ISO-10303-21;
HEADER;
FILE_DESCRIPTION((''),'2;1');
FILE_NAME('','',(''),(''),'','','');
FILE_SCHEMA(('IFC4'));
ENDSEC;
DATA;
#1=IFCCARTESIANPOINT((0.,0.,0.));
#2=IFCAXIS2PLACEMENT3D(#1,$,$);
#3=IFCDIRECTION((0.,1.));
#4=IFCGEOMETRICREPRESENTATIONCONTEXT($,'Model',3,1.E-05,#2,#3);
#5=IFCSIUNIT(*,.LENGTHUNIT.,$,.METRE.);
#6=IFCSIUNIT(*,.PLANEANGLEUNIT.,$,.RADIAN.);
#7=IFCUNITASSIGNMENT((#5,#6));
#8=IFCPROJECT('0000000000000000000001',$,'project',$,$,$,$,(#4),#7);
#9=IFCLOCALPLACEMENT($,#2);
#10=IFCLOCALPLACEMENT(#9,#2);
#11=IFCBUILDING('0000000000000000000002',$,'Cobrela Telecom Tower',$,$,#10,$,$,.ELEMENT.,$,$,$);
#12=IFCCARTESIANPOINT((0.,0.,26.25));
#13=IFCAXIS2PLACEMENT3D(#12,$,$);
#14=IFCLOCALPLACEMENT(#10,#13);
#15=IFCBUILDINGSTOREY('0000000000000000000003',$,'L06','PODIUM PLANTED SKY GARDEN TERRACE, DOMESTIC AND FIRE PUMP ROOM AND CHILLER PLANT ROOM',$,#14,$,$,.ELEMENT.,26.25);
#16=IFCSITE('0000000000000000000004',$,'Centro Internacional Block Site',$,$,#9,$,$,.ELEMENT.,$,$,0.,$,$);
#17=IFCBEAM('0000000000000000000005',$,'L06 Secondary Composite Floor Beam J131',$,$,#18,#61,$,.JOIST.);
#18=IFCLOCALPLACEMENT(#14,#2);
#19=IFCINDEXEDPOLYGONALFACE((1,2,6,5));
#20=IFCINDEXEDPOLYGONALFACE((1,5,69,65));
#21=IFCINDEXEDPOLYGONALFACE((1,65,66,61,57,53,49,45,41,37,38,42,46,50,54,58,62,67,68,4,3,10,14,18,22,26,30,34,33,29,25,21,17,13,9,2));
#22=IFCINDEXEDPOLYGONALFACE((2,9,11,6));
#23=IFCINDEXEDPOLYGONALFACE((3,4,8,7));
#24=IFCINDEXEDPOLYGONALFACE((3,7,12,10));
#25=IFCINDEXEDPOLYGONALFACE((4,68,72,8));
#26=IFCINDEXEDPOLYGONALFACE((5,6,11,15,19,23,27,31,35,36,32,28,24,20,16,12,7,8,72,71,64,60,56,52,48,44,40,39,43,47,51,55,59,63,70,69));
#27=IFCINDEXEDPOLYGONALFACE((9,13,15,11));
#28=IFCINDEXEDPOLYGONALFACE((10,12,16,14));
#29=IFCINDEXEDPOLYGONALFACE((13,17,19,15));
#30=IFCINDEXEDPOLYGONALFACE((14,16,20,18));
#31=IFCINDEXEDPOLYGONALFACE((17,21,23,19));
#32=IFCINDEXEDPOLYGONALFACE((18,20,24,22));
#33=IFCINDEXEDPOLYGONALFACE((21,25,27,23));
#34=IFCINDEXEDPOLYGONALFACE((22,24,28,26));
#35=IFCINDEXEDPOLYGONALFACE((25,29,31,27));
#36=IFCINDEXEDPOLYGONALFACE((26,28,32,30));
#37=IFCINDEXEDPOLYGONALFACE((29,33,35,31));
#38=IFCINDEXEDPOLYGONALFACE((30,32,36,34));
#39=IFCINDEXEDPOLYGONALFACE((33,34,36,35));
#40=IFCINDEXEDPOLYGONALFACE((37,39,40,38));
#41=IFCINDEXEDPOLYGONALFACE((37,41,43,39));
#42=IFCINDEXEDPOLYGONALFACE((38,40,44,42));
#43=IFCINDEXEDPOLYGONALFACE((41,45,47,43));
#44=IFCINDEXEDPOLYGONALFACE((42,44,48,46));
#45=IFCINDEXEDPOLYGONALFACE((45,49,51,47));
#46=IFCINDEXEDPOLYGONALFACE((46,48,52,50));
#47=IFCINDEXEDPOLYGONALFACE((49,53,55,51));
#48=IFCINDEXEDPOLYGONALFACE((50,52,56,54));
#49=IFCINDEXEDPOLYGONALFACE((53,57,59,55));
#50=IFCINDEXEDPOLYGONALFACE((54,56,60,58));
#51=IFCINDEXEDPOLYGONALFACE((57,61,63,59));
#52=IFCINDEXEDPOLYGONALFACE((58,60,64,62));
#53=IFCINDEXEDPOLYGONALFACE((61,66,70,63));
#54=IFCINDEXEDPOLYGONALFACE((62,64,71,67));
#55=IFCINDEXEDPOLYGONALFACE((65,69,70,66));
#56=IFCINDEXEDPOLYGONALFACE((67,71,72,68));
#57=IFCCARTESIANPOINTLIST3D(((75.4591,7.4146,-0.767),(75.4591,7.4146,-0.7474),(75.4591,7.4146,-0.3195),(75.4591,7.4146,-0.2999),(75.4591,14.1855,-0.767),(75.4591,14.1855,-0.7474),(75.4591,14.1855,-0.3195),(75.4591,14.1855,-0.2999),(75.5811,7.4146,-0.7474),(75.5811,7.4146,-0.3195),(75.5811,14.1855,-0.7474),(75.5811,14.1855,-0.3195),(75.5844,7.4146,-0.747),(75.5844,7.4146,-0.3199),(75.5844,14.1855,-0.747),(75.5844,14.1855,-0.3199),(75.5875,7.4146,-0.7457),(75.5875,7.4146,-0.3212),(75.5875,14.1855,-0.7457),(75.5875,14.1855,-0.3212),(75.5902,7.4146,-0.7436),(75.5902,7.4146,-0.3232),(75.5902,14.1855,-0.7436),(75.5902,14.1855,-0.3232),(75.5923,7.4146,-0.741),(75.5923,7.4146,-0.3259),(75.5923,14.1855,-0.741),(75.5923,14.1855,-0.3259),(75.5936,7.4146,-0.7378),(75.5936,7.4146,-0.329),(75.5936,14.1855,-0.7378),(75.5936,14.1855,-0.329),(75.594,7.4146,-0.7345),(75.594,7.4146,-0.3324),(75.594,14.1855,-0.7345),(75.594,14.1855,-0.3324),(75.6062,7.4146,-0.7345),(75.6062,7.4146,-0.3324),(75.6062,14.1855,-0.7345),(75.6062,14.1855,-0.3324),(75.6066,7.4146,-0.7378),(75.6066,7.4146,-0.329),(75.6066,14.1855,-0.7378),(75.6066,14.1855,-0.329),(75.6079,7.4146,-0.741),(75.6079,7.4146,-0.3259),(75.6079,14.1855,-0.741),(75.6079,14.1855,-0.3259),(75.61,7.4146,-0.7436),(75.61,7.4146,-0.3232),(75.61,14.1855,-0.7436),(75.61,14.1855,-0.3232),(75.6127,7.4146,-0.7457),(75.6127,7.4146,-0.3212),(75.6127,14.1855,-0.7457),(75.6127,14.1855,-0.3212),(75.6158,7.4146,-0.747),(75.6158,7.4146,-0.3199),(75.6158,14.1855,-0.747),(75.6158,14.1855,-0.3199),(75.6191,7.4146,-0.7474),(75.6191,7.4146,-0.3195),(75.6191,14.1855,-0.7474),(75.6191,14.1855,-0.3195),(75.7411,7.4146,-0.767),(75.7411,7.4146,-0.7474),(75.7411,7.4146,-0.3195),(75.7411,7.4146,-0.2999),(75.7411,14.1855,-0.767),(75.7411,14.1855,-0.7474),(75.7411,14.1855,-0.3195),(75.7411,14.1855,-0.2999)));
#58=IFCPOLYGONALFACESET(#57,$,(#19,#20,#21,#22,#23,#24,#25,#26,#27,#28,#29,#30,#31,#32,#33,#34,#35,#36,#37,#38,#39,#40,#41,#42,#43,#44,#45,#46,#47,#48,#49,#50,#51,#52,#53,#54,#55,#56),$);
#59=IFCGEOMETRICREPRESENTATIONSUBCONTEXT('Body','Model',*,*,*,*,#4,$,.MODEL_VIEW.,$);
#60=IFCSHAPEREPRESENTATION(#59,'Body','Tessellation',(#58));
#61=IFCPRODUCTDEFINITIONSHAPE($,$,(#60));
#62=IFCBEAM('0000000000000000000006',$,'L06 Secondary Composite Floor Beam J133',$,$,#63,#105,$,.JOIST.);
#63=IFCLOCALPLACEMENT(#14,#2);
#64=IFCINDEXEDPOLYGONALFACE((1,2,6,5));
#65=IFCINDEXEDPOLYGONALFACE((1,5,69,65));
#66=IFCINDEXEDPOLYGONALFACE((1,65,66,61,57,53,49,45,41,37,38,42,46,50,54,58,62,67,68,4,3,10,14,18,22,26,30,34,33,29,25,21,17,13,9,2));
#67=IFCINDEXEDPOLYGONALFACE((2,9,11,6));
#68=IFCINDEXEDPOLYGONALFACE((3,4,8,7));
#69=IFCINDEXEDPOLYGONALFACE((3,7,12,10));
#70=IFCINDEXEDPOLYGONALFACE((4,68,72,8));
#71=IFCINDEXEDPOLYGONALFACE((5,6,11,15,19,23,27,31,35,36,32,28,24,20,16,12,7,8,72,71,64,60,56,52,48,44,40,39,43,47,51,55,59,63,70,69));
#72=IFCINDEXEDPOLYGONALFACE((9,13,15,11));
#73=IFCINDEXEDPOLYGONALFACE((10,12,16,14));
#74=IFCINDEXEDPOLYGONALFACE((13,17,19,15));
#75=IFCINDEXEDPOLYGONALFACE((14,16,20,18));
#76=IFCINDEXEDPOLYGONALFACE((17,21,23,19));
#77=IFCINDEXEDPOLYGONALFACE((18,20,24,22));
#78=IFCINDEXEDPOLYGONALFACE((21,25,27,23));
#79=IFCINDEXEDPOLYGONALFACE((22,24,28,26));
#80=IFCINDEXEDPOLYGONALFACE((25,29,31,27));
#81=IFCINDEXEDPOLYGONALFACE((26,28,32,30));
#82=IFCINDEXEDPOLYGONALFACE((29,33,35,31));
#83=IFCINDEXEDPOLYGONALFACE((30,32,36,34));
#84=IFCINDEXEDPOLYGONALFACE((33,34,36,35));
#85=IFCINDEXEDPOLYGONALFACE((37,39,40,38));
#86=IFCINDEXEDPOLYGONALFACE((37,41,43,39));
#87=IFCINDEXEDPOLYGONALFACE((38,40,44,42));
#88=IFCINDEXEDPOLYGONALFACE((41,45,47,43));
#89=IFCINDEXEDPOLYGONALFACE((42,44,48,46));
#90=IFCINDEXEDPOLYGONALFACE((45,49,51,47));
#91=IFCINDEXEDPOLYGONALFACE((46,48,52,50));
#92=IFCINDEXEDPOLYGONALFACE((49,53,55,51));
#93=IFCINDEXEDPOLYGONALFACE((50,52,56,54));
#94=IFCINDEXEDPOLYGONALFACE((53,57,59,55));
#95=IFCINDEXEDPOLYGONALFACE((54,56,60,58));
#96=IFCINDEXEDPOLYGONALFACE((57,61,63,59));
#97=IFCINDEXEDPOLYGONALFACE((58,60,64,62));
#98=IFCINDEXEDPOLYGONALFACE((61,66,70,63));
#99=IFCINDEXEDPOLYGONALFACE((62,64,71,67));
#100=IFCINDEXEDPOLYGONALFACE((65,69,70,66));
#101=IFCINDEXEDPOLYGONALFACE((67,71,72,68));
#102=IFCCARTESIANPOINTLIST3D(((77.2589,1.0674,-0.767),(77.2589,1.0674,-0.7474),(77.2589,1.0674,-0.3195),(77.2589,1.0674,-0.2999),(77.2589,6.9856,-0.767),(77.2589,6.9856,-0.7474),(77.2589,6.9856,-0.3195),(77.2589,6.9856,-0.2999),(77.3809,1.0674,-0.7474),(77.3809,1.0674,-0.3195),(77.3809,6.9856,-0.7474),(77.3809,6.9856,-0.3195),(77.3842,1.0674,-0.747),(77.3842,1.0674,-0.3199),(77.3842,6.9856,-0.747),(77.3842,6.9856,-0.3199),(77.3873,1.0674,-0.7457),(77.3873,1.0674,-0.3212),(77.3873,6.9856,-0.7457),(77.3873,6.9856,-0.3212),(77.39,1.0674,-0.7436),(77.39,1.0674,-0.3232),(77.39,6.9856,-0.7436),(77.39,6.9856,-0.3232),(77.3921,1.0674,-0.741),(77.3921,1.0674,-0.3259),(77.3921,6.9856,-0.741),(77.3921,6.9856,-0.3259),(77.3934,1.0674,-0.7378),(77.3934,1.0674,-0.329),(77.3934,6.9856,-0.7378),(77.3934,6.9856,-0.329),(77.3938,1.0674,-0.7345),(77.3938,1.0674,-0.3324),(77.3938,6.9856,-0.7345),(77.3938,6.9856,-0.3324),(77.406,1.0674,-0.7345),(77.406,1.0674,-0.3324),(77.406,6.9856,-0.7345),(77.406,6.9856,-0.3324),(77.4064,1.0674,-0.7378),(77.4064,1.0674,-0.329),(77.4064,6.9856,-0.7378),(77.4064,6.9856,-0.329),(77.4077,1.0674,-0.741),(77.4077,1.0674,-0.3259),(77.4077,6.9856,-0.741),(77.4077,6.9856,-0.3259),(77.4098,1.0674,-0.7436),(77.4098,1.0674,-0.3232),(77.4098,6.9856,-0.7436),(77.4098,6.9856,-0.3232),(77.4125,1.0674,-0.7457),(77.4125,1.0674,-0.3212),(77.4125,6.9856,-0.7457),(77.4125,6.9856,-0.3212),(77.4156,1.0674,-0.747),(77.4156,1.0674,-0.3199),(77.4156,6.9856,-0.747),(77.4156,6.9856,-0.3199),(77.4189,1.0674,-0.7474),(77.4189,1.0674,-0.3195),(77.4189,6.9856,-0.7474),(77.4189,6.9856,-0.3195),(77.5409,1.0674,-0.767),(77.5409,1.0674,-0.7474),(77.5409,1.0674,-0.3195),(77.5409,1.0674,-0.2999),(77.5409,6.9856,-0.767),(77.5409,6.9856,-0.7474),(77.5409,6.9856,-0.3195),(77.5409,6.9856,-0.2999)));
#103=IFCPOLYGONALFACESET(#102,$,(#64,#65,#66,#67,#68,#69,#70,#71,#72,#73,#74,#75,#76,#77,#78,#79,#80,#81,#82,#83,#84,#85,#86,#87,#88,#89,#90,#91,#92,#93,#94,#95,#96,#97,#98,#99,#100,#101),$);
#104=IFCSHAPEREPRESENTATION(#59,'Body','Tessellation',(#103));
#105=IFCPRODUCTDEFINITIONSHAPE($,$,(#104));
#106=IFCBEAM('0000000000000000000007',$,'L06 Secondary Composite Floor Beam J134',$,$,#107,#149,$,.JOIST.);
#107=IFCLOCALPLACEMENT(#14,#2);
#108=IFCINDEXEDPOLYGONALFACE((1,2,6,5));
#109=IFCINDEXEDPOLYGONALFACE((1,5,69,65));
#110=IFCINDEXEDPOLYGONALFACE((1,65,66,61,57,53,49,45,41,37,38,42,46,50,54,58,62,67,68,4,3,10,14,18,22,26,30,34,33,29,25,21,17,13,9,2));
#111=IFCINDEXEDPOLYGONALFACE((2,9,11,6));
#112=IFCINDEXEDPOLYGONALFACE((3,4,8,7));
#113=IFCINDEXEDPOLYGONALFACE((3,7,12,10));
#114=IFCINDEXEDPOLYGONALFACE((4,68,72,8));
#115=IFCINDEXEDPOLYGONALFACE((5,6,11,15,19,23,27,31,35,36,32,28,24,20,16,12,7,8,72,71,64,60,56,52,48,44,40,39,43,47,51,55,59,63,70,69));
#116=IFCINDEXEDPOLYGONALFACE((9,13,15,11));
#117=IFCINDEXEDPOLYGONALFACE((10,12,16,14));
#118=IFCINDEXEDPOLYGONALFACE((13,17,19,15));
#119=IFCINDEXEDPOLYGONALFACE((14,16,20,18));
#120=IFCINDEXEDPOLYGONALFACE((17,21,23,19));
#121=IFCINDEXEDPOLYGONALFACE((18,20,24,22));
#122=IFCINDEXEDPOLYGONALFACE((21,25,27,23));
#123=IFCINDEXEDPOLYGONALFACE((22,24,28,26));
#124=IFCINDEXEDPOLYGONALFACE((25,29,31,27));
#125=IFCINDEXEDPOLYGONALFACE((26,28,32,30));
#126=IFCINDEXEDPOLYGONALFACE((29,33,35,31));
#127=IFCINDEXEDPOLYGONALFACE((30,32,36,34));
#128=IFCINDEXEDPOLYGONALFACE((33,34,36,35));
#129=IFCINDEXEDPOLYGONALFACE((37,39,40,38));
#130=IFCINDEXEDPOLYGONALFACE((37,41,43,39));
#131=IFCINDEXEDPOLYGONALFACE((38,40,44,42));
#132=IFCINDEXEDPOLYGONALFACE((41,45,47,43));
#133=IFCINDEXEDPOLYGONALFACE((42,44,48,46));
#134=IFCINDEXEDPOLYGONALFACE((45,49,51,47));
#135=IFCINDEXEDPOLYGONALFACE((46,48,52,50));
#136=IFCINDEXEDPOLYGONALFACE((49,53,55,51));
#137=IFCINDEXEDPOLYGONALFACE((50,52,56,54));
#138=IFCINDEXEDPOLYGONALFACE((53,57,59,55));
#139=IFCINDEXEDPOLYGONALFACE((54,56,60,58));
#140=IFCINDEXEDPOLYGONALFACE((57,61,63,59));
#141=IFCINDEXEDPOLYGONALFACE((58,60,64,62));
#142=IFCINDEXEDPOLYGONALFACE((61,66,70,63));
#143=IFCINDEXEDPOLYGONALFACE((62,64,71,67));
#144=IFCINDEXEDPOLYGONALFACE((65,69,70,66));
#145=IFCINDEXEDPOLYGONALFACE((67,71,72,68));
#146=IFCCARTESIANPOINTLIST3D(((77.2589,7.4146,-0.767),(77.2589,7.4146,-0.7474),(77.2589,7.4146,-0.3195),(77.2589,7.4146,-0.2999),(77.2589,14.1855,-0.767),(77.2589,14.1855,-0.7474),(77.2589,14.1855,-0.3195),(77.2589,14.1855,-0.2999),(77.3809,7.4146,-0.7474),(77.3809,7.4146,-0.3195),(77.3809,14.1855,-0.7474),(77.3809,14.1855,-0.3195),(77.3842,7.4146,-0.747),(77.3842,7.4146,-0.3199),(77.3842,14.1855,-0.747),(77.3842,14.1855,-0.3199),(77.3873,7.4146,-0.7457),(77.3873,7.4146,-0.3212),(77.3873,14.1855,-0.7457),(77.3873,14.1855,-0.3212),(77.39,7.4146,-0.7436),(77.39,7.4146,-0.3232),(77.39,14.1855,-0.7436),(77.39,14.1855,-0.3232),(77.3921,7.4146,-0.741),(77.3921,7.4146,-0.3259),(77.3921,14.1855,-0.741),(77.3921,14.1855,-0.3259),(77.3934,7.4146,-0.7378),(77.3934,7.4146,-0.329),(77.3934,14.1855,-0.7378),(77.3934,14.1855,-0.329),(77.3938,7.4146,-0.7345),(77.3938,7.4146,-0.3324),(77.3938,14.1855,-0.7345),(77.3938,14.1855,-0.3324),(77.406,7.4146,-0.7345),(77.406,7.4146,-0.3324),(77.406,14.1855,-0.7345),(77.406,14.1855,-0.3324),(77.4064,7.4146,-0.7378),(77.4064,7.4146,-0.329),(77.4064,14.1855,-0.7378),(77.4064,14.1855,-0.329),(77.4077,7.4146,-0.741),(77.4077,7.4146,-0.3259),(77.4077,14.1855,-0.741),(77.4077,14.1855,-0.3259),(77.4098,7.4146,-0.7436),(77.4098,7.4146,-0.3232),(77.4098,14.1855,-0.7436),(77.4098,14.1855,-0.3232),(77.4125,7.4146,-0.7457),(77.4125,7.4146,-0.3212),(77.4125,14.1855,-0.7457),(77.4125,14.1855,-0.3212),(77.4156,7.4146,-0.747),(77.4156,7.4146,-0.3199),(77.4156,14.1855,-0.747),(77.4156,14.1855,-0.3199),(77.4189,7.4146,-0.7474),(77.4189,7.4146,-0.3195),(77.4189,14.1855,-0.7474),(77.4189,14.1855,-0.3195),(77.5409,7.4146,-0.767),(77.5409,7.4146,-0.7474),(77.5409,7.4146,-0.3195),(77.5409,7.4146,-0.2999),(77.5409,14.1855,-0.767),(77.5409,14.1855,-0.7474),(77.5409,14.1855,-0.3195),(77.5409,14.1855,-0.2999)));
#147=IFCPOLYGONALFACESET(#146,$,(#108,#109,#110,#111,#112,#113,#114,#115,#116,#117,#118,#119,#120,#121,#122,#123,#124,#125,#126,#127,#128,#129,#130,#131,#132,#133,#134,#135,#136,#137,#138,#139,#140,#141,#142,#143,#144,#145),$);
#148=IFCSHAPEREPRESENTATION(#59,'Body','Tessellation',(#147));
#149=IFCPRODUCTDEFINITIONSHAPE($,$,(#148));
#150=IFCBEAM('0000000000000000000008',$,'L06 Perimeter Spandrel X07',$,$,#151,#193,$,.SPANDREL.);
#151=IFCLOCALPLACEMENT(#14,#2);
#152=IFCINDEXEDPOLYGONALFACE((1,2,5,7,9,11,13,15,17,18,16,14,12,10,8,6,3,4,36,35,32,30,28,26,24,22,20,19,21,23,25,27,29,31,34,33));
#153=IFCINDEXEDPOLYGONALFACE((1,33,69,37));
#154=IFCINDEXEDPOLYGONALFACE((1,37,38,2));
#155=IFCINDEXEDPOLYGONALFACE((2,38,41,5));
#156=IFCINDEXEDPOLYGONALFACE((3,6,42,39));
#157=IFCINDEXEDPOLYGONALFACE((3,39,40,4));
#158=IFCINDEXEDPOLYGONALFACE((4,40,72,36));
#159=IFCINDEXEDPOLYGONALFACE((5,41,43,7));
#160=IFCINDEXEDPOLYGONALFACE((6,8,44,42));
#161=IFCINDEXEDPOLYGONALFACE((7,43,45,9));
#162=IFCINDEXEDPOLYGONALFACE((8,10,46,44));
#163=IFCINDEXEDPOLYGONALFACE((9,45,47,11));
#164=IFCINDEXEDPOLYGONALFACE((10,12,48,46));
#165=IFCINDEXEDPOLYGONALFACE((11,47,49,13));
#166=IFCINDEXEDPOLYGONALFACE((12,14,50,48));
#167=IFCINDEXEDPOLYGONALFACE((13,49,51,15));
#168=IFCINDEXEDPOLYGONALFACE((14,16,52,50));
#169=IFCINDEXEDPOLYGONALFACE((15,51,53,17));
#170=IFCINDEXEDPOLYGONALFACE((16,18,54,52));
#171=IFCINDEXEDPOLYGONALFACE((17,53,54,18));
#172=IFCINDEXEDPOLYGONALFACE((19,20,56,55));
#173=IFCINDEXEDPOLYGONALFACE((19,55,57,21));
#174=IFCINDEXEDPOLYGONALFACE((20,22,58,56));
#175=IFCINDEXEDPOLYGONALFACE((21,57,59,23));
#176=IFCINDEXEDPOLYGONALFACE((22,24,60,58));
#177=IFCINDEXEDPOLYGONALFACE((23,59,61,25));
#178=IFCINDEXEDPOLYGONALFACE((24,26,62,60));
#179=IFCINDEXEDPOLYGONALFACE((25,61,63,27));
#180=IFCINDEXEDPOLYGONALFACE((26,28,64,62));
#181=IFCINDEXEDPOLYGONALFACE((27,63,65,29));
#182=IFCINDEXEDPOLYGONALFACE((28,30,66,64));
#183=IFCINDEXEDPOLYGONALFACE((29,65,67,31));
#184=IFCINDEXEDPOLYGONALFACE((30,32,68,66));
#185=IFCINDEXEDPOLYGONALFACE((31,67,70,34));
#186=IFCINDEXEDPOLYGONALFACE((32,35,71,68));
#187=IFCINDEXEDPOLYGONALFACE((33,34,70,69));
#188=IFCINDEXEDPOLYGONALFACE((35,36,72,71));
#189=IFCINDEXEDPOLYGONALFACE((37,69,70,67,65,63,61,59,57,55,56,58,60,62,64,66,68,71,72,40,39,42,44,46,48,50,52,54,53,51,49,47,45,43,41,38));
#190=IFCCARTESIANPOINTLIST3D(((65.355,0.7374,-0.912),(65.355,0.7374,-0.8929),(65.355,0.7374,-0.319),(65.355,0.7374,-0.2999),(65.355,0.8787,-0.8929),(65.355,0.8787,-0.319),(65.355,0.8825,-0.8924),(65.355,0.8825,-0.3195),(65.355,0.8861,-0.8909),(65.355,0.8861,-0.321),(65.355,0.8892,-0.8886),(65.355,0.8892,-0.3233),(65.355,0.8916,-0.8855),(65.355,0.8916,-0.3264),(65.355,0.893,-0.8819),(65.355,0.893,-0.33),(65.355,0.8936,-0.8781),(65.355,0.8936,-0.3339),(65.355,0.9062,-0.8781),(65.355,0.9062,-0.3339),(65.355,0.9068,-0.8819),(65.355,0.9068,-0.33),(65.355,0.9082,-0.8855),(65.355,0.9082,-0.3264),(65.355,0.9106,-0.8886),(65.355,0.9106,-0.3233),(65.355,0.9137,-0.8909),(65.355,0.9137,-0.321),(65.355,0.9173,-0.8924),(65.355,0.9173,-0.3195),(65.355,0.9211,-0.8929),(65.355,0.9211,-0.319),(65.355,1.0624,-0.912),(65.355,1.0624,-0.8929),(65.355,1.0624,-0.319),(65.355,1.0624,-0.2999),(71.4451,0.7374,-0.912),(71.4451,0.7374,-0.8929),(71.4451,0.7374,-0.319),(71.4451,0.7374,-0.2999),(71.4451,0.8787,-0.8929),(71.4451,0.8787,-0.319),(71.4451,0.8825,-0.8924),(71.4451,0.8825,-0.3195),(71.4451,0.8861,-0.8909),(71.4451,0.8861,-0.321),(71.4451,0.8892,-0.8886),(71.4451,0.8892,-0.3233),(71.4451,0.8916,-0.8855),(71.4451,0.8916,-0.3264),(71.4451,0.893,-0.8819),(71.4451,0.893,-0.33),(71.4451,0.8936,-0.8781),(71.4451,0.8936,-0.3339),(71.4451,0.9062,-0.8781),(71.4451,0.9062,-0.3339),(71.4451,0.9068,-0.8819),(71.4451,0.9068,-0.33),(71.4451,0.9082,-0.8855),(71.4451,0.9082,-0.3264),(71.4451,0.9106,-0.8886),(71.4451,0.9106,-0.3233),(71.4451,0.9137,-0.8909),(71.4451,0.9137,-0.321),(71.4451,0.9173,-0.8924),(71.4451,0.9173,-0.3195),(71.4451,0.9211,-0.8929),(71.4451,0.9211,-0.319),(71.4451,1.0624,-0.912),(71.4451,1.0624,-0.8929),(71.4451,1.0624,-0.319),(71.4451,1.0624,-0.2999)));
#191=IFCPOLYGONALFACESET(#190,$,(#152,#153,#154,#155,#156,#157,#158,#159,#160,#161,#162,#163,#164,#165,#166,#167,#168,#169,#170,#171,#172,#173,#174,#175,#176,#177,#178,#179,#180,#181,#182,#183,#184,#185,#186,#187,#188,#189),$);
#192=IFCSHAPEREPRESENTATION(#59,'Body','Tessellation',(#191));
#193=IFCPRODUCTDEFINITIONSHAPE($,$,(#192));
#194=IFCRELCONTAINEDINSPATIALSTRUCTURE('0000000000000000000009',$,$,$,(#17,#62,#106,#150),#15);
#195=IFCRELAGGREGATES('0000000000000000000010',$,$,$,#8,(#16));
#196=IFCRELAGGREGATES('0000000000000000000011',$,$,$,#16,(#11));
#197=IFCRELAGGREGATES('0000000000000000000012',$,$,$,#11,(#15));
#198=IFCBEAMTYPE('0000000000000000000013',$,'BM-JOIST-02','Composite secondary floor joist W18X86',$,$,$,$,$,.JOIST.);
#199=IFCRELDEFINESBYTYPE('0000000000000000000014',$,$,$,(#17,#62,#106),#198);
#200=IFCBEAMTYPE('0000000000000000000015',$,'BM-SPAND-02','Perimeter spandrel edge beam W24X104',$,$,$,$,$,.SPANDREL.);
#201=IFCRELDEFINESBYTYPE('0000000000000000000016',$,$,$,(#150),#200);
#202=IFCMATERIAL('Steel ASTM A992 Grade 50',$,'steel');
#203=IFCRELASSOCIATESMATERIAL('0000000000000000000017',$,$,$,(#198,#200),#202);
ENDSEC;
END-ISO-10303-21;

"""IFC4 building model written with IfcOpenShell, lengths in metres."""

from ifc_helpers import new_model, si_unit, direction, frame, origin, origin_2d, place, context, subcontext, project, spatial, i_section, extrude, material, material_profile, profile_set, type_object, element, save


model = new_model("IFC4")

# Units and contexts
model_context = context("Model", 3, precision=1e-05, world=origin(), true_north=direction((0.0, 1.0)))
body_context = subcontext(model_context, "Body", "Model", "MODEL_VIEW")
ifc_project = project(units=[si_unit("LENGTHUNIT", "METRE"), si_unit("PLANEANGLEUNIT", "RADIAN")], contexts=[model_context])

# Site, building, storey
site_placement = place(None, origin())
site = spatial("IfcSite", under=ifc_project, at=site_placement, Name="Centro Internacional Block Site", CompositionType="ELEMENT", RefElevation=0.0)
building_placement = place(site_placement, origin())
building = spatial("IfcBuilding", under=site, at=building_placement, Name="Cobrela Telecom Tower", CompositionType="ELEMENT")
storey_placement = place(building_placement, frame((0.0, 0.0, 26.25)))
storey = spatial("IfcBuildingStorey", under=building, at=storey_placement, Name="L06", Description="PODIUM PLANTED SKY GARDEN TERRACE, DOMESTIC AND FIRE PUMP ROOM AND CHILLER PLANT ROOM", CompositionType="ELEMENT", Elevation=26.25)

# Beams
ifc_material_1 = material(Name="Steel ASTM A992 Grade 50", Category="steel")
ifc_material_profile_1 = material_profile(ifc_material_1, i_section(OverallWidth=0.282, OverallDepth=0.467, WebThickness=0.0122, FlangeThickness=0.0195, FilletRadius=0.0129, at=origin_2d()), Name="W18X86")
ifc_profile_set_1 = profile_set([ifc_material_profile_1], Name="Steel ASTM A992 Grade 50")
beam_type_1 = type_object("IfcBeamType", Name="BM-JOIST-02", Description="Composite secondary floor joist W18X86", PredefinedType="JOIST", material=ifc_profile_set_1)
beam_1_placement = place(storey_placement, frame((75.6001, 7.4146, -0.5334), z_axis=(0.0, 1.0, 0.0), x_axis=(-1.0, 0.0, 0.0)))
element("IfcBeam", 1, at=beam_1_placement, inside=storey, type_object=beam_type_1, Name="L06 Secondary Composite Floor Beam J131", PredefinedType="JOIST", context=body_context, shape_type="SweptSolid", body=[
    extrude(i_section(OverallWidth=0.282, OverallDepth=0.467, WebThickness=0.0122, FlangeThickness=0.0195, FilletRadius=0.0129, at=origin_2d()), origin(), (0.0, 0.0, 1.0), 6.771),
])
beam_2_placement = place(storey_placement, frame((77.3999, 1.0674, -0.5334), z_axis=(0.0, 1.0, 0.0), x_axis=(-1.0, 0.0, 0.0)))
element("IfcBeam", 2, at=beam_2_placement, inside=storey, type_object=beam_type_1, Name="L06 Secondary Composite Floor Beam J133", PredefinedType="JOIST", context=body_context, shape_type="SweptSolid", body=[
    extrude(i_section(OverallWidth=0.282, OverallDepth=0.467, WebThickness=0.0122, FlangeThickness=0.0195, FilletRadius=0.0129, at=origin_2d()), origin(), (0.0, 0.0, 1.0), 5.9182),
])
beam_3_placement = place(storey_placement, frame((77.3999, 7.4146, -0.5334), z_axis=(0.0, 1.0, 0.0), x_axis=(-1.0, 0.0, 0.0)))
element("IfcBeam", 3, at=beam_3_placement, inside=storey, type_object=beam_type_1, Name="L06 Secondary Composite Floor Beam J134", PredefinedType="JOIST", context=body_context, shape_type="SweptSolid", body=[
    extrude(i_section(OverallWidth=0.282, OverallDepth=0.467, WebThickness=0.0122, FlangeThickness=0.0195, FilletRadius=0.0129, at=origin_2d()), origin(), (0.0, 0.0, 1.0), 6.771),
])
ifc_material_profile_2 = material_profile(ifc_material_1, i_section(OverallWidth=0.325, OverallDepth=0.6121, WebThickness=0.0127, FlangeThickness=0.019, FilletRadius=0.0149, at=origin_2d()), Name="W24X104")
ifc_profile_set_2 = profile_set([ifc_material_profile_2], Name="Steel ASTM A992 Grade 50")
beam_type_2 = type_object("IfcBeamType", Name="BM-SPAND-02", Description="Perimeter spandrel edge beam W24X104", PredefinedType="SPANDREL", material=ifc_profile_set_2)
for number, where, z_axis, x_axis, name in (
    (4, (65.355, 0.8999, -0.606), (1.0, 0.0, 0.0), (0.0, 1.0, 0.0), "L06 Perimeter Spandrel X07"),
):
    element("IfcBeam", number, at=place(storey_placement, frame(where, z_axis=z_axis, x_axis=x_axis)), inside=storey, type_object=beam_type_2, Name=name, PredefinedType="SPANDREL", context=body_context, shape_type="SweptSolid", body=[
        extrude(i_section(OverallWidth=0.325, OverallDepth=0.6121, WebThickness=0.0127, FlangeThickness=0.019, FilletRadius=0.0149, at=origin_2d()), origin(), (0.0, 0.0, 1.0), 6.0901),
    ])

save(model, "model.ifc")
